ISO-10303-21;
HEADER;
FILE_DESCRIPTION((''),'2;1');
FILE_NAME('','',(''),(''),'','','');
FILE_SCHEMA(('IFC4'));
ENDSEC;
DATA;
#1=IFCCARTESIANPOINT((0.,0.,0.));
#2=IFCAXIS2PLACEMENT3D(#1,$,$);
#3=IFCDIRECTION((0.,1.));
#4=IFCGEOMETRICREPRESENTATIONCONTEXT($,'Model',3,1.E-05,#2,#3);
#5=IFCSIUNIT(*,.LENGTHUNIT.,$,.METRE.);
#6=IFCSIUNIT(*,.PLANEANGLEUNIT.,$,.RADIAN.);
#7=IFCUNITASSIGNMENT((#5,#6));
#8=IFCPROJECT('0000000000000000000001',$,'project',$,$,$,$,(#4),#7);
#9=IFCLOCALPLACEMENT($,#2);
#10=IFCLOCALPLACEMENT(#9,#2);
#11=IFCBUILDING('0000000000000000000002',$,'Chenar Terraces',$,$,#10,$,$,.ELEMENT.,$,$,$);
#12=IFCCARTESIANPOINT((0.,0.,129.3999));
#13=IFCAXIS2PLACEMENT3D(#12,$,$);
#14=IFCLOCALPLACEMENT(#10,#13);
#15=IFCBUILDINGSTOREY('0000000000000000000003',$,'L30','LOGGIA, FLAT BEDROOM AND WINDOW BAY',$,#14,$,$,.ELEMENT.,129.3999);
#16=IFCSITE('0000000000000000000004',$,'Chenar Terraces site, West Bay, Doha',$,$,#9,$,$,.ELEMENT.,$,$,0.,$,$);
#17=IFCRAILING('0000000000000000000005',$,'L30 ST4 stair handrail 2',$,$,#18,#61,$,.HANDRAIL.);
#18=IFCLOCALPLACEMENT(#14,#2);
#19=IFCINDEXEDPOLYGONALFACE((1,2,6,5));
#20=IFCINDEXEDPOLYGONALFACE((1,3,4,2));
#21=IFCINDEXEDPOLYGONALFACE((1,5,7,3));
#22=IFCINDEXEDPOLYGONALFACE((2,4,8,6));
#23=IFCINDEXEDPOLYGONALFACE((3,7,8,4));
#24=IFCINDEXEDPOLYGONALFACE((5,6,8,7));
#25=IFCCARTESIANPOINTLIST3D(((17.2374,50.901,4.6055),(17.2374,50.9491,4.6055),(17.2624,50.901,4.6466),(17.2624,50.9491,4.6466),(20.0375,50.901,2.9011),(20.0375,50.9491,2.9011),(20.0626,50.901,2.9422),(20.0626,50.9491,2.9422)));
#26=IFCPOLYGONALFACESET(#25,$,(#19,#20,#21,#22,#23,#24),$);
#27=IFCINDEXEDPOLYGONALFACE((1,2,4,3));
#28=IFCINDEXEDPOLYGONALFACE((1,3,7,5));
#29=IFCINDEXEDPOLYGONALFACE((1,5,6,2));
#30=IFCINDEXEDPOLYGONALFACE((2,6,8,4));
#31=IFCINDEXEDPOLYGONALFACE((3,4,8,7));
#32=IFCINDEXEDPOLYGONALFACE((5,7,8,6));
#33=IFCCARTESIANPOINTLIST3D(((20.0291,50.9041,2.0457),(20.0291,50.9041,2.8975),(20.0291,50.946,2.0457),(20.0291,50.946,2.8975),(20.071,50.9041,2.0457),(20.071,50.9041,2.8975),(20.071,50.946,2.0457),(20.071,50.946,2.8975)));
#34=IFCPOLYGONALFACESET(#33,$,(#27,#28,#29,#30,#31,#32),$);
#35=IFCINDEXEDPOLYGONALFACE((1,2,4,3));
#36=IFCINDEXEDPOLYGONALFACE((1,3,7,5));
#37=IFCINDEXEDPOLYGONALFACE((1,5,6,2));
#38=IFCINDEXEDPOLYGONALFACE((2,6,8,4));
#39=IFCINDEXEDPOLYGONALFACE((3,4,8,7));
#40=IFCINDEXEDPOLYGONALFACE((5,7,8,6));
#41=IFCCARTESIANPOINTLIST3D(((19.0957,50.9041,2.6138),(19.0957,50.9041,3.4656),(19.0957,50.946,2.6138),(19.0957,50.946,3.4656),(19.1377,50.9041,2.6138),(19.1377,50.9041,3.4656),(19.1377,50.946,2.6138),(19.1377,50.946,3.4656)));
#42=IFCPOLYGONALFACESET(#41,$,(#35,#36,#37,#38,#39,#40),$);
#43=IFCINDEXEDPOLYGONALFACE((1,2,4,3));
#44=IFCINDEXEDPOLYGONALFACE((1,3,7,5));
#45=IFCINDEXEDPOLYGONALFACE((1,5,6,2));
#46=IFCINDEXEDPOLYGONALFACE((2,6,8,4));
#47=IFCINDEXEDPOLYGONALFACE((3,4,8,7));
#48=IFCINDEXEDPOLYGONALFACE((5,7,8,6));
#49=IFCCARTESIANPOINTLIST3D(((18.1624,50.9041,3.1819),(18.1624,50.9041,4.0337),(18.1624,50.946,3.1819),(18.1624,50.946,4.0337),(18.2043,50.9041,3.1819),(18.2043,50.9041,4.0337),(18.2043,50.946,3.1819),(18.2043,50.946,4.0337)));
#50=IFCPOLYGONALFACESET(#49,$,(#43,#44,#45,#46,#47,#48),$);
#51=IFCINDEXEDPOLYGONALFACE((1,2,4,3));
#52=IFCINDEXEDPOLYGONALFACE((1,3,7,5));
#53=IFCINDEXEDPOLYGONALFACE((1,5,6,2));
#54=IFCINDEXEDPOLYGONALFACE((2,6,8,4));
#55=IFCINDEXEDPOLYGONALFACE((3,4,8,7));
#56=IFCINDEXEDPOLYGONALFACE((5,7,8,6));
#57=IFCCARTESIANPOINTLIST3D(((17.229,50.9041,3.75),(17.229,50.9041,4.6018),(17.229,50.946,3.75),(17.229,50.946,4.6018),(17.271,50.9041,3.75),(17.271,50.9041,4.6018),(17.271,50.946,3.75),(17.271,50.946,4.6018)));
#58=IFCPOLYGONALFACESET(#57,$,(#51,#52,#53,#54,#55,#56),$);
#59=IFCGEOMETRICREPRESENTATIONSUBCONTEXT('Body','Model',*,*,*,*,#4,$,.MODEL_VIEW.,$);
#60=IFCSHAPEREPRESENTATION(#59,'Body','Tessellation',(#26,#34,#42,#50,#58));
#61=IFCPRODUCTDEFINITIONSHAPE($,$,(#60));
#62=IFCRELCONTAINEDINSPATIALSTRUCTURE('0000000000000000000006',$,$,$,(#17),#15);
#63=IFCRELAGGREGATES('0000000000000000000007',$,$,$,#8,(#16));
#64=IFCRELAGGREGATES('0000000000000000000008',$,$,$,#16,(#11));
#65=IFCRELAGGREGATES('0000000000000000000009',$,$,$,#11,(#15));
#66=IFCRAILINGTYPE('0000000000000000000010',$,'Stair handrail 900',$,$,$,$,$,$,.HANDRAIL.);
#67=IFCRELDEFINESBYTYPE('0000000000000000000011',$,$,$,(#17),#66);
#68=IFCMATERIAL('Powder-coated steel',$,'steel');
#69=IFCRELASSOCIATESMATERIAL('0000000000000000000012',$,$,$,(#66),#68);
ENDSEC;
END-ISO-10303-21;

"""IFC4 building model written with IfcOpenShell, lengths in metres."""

from ifc_helpers import new_model, si_unit, direction, frame, origin, origin_2d, place, context, subcontext, project, spatial, rectangle, extrude, material, type_object, element, save


model = new_model("IFC4")

# Units and contexts
model_context = context("Model", 3, precision=1e-05, world=origin(), true_north=direction((0.0, 1.0)))
body_context = subcontext(model_context, "Body", "Model", "MODEL_VIEW")
ifc_project = project(units=[si_unit("LENGTHUNIT", "METRE"), si_unit("PLANEANGLEUNIT", "RADIAN")], contexts=[model_context])

# Site, building, storey
site_placement = place(None, origin())
site = spatial("IfcSite", under=ifc_project, at=site_placement, Name="Chenar Terraces site, West Bay, Doha", CompositionType="ELEMENT", RefElevation=0.0)
building_placement = place(site_placement, origin())
building = spatial("IfcBuilding", under=site, at=building_placement, Name="Chenar Terraces", CompositionType="ELEMENT")
storey_placement = place(building_placement, frame((0.0, 0.0, 129.3999)))
storey = spatial("IfcBuildingStorey", under=building, at=storey_placement, Name="L30", Description="LOGGIA, FLAT BEDROOM AND WINDOW BAY", CompositionType="ELEMENT", Elevation=129.3999)

# Railing
ifc_material_1 = material(Name="Powder-coated steel", Category="steel")
railing_type_1 = type_object("IfcRailingType", Name="Stair handrail 900", PredefinedType="HANDRAIL", material=ifc_material_1)
railing_1_placement = place(storey_placement, frame((20.05, 50.925, 2.0457)))
element("IfcRailing", 1, at=railing_1_placement, inside=storey, type_object=railing_type_1, Name="L30 ST4 stair handrail 2", PredefinedType="HANDRAIL", context=body_context, shape_type="SweptSolid", body=[
    extrude(rectangle(XDim=0.0481, YDim=0.0481, at=origin_2d()), frame((0.0, 0.0, 0.876), z_axis=(-0.854203, 0.0, 0.51994), x_axis=(0.0, -1.0, 0.0)), (0.0, 0.0, 1.0), 3.2781),
    extrude(rectangle(XDim=0.042, YDim=0.042, at=origin_2d()), origin(), (0.0, 0.0, 1.0), 0.8518),
    extrude(rectangle(XDim=0.042, YDim=0.042, at=origin_2d()), frame((-0.9333, 0.0, 0.5681)), (0.0, 0.0, 1.0), 0.8518),
    extrude(rectangle(XDim=0.042, YDim=0.042, at=origin_2d()), frame((-1.8667, 0.0, 1.1362)), (0.0, 0.0, 1.0), 0.8518),
    extrude(rectangle(XDim=0.042, YDim=0.042, at=origin_2d()), frame((-2.8, 0.0, 1.7043)), (0.0, 0.0, 1.0), 0.8518),
])

save(model, "model.ifc")
